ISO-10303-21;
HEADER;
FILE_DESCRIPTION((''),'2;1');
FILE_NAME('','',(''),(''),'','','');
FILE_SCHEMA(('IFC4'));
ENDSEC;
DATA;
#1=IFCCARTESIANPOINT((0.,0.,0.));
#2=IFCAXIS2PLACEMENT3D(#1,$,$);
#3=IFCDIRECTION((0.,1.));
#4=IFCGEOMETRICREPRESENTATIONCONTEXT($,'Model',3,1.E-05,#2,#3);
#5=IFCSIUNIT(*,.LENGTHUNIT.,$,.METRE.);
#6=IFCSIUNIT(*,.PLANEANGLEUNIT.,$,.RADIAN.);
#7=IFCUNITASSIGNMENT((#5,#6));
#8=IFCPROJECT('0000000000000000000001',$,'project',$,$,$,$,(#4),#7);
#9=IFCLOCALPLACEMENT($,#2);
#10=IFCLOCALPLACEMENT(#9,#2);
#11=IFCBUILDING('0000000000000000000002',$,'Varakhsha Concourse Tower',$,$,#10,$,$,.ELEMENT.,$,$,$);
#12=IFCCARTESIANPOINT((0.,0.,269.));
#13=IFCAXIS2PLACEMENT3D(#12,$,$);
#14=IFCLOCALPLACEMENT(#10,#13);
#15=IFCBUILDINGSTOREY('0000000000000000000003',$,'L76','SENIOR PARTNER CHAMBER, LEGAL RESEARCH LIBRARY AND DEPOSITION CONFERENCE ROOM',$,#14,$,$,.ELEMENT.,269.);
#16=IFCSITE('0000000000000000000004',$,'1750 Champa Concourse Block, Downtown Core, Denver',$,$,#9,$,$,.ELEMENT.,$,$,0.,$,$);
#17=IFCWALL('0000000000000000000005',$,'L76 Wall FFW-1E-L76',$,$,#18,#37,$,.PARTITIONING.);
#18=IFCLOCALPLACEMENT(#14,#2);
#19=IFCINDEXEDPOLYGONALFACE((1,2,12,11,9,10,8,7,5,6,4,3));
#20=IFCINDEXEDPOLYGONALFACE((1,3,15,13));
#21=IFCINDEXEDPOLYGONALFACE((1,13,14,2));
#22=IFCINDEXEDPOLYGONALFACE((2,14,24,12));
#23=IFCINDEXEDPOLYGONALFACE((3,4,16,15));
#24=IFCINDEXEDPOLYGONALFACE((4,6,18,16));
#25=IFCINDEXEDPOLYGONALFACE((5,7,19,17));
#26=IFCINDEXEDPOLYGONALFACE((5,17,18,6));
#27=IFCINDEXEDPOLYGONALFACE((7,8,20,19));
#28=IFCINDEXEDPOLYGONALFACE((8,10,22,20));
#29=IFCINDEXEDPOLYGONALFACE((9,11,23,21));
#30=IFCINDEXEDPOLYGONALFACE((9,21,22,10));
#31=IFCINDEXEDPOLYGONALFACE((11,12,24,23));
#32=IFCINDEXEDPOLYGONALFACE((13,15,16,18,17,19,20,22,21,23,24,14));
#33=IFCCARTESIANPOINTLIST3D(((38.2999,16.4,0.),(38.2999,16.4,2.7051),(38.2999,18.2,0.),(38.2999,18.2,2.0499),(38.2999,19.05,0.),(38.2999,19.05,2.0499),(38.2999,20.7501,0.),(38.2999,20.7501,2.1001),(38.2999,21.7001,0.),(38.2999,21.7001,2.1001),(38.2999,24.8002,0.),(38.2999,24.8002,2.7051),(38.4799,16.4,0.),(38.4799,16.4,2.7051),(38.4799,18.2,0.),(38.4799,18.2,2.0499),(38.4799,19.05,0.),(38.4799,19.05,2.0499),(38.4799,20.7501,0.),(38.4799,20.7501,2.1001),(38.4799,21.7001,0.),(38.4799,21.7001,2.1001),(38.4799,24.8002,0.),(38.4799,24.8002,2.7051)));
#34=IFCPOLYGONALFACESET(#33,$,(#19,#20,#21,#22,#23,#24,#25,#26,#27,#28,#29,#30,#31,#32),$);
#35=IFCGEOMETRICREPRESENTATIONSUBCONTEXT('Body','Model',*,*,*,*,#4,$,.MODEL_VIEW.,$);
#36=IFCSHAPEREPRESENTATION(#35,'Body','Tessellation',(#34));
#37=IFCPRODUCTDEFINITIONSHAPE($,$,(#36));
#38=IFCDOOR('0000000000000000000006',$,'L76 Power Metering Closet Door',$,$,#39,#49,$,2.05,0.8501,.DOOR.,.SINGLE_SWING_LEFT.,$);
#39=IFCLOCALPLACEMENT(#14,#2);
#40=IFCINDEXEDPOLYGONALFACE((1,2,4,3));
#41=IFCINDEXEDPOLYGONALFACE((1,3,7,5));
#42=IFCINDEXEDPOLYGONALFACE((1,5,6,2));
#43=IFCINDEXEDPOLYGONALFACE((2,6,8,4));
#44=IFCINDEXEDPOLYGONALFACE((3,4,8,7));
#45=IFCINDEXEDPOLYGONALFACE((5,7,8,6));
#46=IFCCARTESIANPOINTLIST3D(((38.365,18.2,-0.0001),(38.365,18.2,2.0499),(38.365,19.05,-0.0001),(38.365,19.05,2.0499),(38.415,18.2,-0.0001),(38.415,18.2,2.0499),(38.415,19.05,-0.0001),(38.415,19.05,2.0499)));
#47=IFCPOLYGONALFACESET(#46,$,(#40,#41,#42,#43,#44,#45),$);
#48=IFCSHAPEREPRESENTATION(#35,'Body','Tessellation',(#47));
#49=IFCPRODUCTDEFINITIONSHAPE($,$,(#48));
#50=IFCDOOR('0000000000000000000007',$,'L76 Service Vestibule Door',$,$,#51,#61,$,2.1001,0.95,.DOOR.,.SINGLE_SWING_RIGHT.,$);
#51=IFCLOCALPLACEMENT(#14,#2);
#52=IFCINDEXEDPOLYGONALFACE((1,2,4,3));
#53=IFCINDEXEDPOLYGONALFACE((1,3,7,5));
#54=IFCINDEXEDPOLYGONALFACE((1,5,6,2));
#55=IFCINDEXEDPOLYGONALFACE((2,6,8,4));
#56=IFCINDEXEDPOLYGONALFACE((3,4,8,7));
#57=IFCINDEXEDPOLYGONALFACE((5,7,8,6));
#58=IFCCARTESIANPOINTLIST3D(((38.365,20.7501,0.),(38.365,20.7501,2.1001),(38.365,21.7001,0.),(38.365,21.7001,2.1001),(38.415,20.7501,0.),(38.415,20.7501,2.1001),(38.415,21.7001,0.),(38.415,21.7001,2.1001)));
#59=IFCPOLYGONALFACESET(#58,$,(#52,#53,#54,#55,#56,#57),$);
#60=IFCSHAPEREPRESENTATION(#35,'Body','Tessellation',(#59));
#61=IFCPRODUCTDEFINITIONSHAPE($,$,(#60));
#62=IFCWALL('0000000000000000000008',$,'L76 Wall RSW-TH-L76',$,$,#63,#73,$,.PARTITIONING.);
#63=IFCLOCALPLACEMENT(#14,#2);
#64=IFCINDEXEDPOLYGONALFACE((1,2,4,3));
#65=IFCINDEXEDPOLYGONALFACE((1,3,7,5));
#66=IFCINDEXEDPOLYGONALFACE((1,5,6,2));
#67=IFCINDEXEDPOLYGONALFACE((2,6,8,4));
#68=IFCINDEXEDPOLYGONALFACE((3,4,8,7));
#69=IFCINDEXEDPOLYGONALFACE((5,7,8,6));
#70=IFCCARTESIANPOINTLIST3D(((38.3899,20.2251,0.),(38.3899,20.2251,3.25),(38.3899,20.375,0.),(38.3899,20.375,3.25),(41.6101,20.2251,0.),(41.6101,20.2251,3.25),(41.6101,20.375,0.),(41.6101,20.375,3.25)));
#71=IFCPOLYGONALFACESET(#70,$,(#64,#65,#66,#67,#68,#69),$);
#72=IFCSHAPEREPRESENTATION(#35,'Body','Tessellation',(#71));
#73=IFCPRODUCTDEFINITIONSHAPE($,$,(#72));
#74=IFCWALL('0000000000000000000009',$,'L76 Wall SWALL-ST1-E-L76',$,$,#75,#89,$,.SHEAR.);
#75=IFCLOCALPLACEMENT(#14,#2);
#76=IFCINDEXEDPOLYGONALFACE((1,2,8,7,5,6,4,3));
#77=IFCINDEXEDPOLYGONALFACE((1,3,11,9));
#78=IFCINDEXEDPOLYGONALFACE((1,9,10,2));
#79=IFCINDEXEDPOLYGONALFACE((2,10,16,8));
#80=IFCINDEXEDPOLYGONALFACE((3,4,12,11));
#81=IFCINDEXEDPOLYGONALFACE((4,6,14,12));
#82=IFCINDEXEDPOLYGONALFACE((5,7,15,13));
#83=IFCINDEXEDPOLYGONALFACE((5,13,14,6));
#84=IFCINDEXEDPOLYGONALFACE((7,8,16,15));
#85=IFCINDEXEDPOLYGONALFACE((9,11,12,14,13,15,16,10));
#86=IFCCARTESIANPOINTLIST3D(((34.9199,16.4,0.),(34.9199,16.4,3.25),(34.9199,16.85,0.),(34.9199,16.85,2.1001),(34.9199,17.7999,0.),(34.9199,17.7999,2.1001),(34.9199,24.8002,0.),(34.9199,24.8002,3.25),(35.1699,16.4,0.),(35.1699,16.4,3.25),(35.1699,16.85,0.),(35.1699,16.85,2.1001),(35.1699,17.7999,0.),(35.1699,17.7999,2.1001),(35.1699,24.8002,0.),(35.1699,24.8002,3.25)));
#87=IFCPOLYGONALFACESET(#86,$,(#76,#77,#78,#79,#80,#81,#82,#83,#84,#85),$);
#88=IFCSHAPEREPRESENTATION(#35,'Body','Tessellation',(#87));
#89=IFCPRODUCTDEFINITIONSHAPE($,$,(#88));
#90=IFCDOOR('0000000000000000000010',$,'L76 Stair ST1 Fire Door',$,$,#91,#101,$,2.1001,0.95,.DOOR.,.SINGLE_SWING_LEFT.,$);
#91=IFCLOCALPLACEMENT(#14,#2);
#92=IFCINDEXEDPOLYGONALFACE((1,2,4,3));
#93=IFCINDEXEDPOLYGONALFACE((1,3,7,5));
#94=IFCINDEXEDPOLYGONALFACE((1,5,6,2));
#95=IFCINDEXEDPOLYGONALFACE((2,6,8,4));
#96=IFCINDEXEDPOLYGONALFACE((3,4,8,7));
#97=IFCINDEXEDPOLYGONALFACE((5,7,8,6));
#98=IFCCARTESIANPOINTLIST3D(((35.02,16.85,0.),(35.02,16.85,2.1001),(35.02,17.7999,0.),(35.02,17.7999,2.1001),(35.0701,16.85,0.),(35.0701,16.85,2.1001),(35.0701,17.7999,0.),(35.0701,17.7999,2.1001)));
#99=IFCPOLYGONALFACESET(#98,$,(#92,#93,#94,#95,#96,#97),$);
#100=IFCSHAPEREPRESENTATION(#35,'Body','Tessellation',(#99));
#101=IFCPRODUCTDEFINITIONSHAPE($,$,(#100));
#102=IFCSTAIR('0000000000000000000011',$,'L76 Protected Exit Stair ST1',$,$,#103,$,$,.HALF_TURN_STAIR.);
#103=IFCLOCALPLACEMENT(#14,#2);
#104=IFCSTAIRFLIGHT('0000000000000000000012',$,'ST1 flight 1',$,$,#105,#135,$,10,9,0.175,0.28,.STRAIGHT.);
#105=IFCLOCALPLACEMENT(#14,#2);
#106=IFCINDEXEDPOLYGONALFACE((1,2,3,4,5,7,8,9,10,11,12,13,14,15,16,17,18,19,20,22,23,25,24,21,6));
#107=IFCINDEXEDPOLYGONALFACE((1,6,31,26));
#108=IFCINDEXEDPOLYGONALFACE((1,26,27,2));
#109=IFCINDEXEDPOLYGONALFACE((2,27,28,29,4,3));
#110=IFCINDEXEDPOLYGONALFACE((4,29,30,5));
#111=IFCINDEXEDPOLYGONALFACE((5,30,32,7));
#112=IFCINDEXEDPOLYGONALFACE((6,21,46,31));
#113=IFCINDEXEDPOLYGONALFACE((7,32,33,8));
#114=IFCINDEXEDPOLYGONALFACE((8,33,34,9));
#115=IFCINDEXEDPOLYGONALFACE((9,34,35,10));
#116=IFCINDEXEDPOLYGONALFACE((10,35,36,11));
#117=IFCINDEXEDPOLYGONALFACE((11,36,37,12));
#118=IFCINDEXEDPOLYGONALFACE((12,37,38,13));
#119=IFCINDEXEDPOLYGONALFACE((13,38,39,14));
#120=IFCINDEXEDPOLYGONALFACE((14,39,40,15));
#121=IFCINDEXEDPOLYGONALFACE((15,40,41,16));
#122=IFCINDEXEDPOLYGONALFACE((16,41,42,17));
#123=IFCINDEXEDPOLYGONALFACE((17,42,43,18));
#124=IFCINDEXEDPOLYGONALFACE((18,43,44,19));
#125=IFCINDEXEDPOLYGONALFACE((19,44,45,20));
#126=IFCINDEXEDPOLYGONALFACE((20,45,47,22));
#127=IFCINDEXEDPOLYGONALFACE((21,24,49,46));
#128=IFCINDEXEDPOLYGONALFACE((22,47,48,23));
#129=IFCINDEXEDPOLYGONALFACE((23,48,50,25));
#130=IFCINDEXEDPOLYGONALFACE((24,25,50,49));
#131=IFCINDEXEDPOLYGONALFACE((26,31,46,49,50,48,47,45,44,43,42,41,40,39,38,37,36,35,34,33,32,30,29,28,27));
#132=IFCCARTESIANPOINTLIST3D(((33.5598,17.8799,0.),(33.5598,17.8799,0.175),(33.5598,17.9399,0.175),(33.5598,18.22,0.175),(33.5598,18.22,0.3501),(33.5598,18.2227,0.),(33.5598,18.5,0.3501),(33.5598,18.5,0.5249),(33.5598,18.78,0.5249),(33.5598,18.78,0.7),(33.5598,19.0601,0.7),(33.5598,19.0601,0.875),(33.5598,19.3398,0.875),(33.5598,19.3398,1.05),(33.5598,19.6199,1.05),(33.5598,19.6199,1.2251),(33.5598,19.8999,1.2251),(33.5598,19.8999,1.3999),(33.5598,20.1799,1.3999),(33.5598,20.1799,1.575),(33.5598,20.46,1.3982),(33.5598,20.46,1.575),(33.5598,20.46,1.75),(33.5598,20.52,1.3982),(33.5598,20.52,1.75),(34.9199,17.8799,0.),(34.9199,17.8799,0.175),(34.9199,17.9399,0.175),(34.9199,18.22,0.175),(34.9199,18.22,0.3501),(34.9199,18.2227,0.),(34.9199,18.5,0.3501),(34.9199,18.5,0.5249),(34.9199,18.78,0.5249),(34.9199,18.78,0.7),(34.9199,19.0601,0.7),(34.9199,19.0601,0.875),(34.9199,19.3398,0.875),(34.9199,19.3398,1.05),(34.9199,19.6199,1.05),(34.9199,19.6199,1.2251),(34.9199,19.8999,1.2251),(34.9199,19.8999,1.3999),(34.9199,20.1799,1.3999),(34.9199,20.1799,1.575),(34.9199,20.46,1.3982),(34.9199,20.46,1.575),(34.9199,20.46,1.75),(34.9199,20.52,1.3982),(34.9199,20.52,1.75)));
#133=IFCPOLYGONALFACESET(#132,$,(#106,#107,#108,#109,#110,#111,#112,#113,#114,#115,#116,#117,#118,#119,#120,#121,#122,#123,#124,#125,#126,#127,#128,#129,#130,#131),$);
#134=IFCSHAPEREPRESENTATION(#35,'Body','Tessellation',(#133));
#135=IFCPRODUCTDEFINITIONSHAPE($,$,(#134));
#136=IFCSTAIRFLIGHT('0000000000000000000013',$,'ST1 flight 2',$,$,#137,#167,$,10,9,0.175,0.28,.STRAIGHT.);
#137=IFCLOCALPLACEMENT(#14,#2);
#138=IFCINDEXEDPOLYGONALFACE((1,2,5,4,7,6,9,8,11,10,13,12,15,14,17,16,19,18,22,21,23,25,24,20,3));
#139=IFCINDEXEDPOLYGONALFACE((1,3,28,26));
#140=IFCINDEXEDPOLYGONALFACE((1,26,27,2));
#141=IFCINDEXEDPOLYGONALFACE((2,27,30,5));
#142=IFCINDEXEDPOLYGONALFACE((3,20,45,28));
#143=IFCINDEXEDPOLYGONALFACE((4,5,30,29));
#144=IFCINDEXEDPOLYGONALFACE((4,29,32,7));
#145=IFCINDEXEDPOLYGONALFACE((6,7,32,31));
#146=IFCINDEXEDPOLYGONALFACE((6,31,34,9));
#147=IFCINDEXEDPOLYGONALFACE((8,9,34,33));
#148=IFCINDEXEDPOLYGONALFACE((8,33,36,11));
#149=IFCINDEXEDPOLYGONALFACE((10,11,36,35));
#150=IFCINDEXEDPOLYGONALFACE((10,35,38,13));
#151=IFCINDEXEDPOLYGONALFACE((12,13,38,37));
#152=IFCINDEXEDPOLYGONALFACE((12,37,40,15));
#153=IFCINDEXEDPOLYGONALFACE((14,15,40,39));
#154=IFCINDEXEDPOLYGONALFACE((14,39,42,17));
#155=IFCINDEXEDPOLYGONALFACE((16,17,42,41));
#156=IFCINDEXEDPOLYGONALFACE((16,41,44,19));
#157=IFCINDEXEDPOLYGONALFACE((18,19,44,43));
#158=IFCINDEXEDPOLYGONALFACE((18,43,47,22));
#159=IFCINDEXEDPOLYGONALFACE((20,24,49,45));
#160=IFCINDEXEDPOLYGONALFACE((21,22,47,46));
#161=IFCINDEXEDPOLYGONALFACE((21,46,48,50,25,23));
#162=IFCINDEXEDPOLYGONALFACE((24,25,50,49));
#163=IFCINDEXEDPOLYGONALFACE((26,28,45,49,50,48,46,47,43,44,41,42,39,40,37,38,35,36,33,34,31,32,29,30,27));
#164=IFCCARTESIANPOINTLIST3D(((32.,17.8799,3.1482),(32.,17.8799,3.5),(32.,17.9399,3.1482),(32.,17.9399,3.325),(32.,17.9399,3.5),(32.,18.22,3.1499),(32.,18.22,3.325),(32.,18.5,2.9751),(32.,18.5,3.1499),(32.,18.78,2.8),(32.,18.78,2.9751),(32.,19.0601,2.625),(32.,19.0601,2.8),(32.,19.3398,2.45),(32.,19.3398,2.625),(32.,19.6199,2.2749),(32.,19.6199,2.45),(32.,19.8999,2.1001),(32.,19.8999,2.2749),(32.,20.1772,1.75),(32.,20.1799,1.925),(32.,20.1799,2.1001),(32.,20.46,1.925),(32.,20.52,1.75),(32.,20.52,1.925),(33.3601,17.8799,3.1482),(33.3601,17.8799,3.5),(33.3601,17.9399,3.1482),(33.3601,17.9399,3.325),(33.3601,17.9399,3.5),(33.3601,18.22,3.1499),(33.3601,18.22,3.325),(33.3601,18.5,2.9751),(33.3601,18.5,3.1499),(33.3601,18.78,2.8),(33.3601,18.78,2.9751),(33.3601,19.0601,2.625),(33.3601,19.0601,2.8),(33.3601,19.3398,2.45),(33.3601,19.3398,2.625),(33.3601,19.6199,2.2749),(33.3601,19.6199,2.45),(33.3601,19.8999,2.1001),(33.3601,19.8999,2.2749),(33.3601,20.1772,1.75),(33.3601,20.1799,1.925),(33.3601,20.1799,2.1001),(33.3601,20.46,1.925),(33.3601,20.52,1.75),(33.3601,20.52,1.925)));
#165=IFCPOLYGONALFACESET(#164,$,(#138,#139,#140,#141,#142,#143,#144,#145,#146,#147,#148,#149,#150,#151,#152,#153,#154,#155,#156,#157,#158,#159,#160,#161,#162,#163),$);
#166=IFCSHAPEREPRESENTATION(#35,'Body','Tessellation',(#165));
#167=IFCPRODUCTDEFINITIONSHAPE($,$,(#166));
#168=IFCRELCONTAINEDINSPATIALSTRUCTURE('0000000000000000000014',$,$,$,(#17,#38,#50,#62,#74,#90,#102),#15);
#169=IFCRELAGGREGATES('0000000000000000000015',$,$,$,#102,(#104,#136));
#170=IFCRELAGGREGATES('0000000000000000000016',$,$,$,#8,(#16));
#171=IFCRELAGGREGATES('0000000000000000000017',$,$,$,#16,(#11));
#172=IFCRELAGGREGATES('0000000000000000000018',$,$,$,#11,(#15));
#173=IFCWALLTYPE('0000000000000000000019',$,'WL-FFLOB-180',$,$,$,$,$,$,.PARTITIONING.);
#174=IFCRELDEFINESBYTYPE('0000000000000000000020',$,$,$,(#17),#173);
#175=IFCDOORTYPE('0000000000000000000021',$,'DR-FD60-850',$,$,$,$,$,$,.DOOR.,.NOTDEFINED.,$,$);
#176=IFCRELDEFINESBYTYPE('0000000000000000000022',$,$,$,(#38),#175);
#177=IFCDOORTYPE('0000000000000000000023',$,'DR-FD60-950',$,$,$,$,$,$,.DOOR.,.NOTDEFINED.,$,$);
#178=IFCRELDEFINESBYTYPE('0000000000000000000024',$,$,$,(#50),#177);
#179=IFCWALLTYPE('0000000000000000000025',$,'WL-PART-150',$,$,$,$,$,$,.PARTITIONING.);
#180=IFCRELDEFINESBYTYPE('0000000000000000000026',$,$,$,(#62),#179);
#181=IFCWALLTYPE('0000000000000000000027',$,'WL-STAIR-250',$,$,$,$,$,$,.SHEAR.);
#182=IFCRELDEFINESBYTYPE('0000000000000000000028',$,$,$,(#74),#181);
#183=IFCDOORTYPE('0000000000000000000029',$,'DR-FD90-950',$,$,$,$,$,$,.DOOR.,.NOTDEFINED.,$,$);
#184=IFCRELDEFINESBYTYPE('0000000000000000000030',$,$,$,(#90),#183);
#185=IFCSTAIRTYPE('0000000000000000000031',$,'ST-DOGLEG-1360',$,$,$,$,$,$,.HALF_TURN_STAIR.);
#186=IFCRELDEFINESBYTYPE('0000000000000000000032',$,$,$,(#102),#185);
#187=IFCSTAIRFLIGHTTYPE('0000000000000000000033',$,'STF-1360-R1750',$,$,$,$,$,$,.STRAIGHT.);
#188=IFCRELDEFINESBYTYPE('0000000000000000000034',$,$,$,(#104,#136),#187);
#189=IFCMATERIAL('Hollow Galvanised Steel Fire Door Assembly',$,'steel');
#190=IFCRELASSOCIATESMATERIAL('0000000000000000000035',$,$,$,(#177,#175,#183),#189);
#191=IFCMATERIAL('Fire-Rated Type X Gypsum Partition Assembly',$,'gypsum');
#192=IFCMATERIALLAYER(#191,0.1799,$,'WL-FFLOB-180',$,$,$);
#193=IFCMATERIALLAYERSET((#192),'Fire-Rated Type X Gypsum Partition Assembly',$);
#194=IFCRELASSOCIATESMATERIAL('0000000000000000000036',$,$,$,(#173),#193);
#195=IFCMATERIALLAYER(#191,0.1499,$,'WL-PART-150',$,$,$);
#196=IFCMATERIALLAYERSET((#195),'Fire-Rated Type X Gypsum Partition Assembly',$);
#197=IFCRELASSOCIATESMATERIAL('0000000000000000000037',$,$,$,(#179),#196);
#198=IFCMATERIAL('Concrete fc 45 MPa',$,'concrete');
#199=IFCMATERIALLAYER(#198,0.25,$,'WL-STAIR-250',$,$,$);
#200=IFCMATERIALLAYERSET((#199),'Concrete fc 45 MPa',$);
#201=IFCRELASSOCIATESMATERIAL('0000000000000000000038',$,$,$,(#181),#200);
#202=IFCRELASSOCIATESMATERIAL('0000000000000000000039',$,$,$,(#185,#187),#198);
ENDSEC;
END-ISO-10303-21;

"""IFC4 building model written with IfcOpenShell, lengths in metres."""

from ifc_helpers import new_model, si_unit, direction, frame, frame_2d, origin, place, context, subcontext, project, spatial, polyline, rectangle, outline, extrude, material, layer, layer_set, type_object, element, fill, aggregate, save


model = new_model("IFC4")

# Units and contexts
model_context = context("Model", 3, precision=1e-05, world=origin(), true_north=direction((0.0, 1.0)))
body_context = subcontext(model_context, "Body", "Model", "MODEL_VIEW")
ifc_project = project(units=[si_unit("LENGTHUNIT", "METRE"), si_unit("PLANEANGLEUNIT", "RADIAN")], contexts=[model_context])

# Site, building, storey
site_placement = place(None, origin())
site = spatial("IfcSite", under=ifc_project, at=site_placement, Name="1750 Champa Concourse Block, Downtown Core, Denver", CompositionType="ELEMENT", RefElevation=0.0)
building_placement = place(site_placement, origin())
building = spatial("IfcBuilding", under=site, at=building_placement, Name="Varakhsha Concourse Tower", CompositionType="ELEMENT")
storey_placement = place(building_placement, frame((0.0, 0.0, 269.0)))
storey = spatial("IfcBuildingStorey", under=building, at=storey_placement, Name="L76", Description="SENIOR PARTNER CHAMBER, LEGAL RESEARCH LIBRARY AND DEPOSITION CONFERENCE ROOM", CompositionType="ELEMENT", Elevation=269.0)

# Shared definitions
ifc_material_1 = material(Name="Hollow Galvanised Steel Fire Door Assembly", Category="steel")
door_type_1 = type_object("IfcDoorType", Name="DR-FD60-950", OperationType="NOTDEFINED", PredefinedType="DOOR", material=ifc_material_1)

# Wall, openings, doors
ifc_material_2 = material(Name="Fire-Rated Type X Gypsum Partition Assembly", Category="gypsum")
ifc_layer_1 = layer(ifc_material_2, 0.1799, Name="WL-FFLOB-180")
ifc_layer_set_1 = layer_set([ifc_layer_1], Name="Fire-Rated Type X Gypsum Partition Assembly")
wall_type_1 = type_object("IfcWallType", Name="WL-FFLOB-180", PredefinedType="PARTITIONING", material=ifc_layer_set_1)
wall_1_placement = place(storey_placement, frame((38.3899, 16.3999, 0.0), z_axis=(0.0, 0.0, 1.0), x_axis=(0.0, 1.0, 0.0)))
wall_1 = element("IfcWall", 1, at=wall_1_placement, inside=storey, type_object=wall_type_1, Name="L76 Wall FFW-1E-L76", PredefinedType="PARTITIONING", context=body_context, shape_type="SweptSolid", body=[
    extrude(rectangle(XDim=8.4001, YDim=0.1799, at=frame_2d((4.2002, 0.0))), origin(), (0.0, 0.0, 1.0), 2.7051),
])
opening_1_placement = place(wall_1_placement, frame((1.8, 0.0, 0.0)))
opening_1 = element("IfcOpeningElement", 2, at=opening_1_placement, cuts=wall_1, PredefinedType="OPENING", context=body_context, shape_type="SweptSolid", body=[
    extrude(rectangle(XDim=0.8501, YDim=2.05, at=frame_2d((0.425, 1.0249))), frame((0.0, 0.0999, 0.0), z_axis=(0.0, -1.0, 0.0), x_axis=(1.0, 0.0, 0.0)), (0.0, 0.0, 1.0), 0.2),
])
opening_2_placement = place(wall_1_placement, frame((4.3501, 0.0, 0.0)))
opening_2 = element("IfcOpeningElement", 3, at=opening_2_placement, cuts=wall_1, PredefinedType="OPENING", context=body_context, shape_type="SweptSolid", body=[
    extrude(rectangle(XDim=0.95, YDim=2.1001, at=frame_2d((0.4751, 1.05))), frame((0.0, 0.0999, 0.0), z_axis=(0.0, -1.0, 0.0), x_axis=(1.0, 0.0, 0.0)), (0.0, 0.0, 1.0), 0.2),
])
door_type_2 = type_object("IfcDoorType", Name="DR-FD60-850", OperationType="NOTDEFINED", PredefinedType="DOOR", material=ifc_material_1)
door_1_placement = place(opening_1_placement, origin())
door_1 = element("IfcDoor", 4, at=door_1_placement, inside=storey, type_object=door_type_2, Name="L76 Power Metering Closet Door", OperationType="SINGLE_SWING_LEFT", OverallHeight=2.05, OverallWidth=0.8501, PredefinedType="DOOR", context=body_context, shape_type="SweptSolid", body=[
    extrude(rectangle(XDim=0.8501, YDim=2.05, at=frame_2d((0.425, 1.0249))), frame((0.0, 0.0249, 0.0), z_axis=(0.0, -1.0, 0.0), x_axis=(1.0, 0.0, 0.0)), (0.0, 0.0, 1.0), 0.05),
])
fill(opening_1, door_1)
door_2_placement = place(opening_2_placement, origin())
door_2 = element("IfcDoor", 5, at=door_2_placement, inside=storey, type_object=door_type_1, Name="L76 Service Vestibule Door", OperationType="SINGLE_SWING_RIGHT", OverallHeight=2.1001, OverallWidth=0.95, PredefinedType="DOOR", context=body_context, shape_type="SweptSolid", body=[
    extrude(rectangle(XDim=0.95, YDim=2.1001, at=frame_2d((0.4751, 1.05))), frame((0.0, 0.0249, 0.0), z_axis=(0.0, -1.0, 0.0), x_axis=(1.0, 0.0, 0.0)), (0.0, 0.0, 1.0), 0.05),
])
fill(opening_2, door_2)

# Wall
ifc_layer_2 = layer(ifc_material_2, 0.1499, Name="WL-PART-150")
ifc_layer_set_2 = layer_set([ifc_layer_2], Name="Fire-Rated Type X Gypsum Partition Assembly")
wall_type_2 = type_object("IfcWallType", Name="WL-PART-150", PredefinedType="PARTITIONING", material=ifc_layer_set_2)
wall_2_placement = place(storey_placement, frame((38.3899, 20.3, 0.0), z_axis=(0.0, 0.0, 1.0), x_axis=(1.0, 0.0, 0.0)))
element("IfcWall", 6, at=wall_2_placement, inside=storey, type_object=wall_type_2, Name="L76 Wall RSW-TH-L76", PredefinedType="PARTITIONING", context=body_context, shape_type="SweptSolid", body=[
    extrude(rectangle(XDim=3.2202, YDim=0.1499, at=frame_2d((1.6101, 0.0))), origin(), (0.0, 0.0, 1.0), 3.25),
])

# Wall, opening, door
ifc_material_3 = material(Name="Concrete fc 45 MPa", Category="concrete")
ifc_layer_3 = layer(ifc_material_3, 0.25, Name="WL-STAIR-250")
ifc_layer_set_3 = layer_set([ifc_layer_3], Name="Concrete fc 45 MPa")
wall_type_3 = type_object("IfcWallType", Name="WL-STAIR-250", PredefinedType="SHEAR", material=ifc_layer_set_3)
wall_3_placement = place(storey_placement, frame((35.0449, 16.3999, 0.0), z_axis=(0.0, 0.0, 1.0), x_axis=(0.0, 1.0, 0.0)))
wall_3 = element("IfcWall", 7, at=wall_3_placement, inside=storey, type_object=wall_type_3, Name="L76 Wall SWALL-ST1-E-L76", PredefinedType="SHEAR", context=body_context, shape_type="SweptSolid", body=[
    extrude(rectangle(XDim=8.4001, YDim=0.25, at=frame_2d((4.2002, 0.0))), origin(), (0.0, 0.0, 1.0), 3.25),
])
opening_3_placement = place(wall_3_placement, frame((0.45, 0.0, 0.0)))
opening_3 = element("IfcOpeningElement", 8, at=opening_3_placement, cuts=wall_3, PredefinedType="OPENING", context=body_context, shape_type="SweptSolid", body=[
    extrude(rectangle(XDim=0.95, YDim=2.1001, at=frame_2d((0.4751, 1.05))), frame((0.0, 0.135, 0.0), z_axis=(0.0, -1.0, 0.0), x_axis=(1.0, 0.0, 0.0)), (0.0, 0.0, 1.0), 0.27),
])
door_type_3 = type_object("IfcDoorType", Name="DR-FD90-950", OperationType="NOTDEFINED", PredefinedType="DOOR", material=ifc_material_1)
door_3_placement = place(opening_3_placement, origin())
door_3 = element("IfcDoor", 9, at=door_3_placement, inside=storey, type_object=door_type_3, Name="L76 Stair ST1 Fire Door", OperationType="SINGLE_SWING_LEFT", OverallHeight=2.1001, OverallWidth=0.95, PredefinedType="DOOR", context=body_context, shape_type="SweptSolid", body=[
    extrude(rectangle(XDim=0.95, YDim=2.1001, at=frame_2d((0.4751, 1.05))), frame((0.0, 0.0249, 0.0), z_axis=(0.0, -1.0, 0.0), x_axis=(1.0, 0.0, 0.0)), (0.0, 0.0, 1.0), 0.05),
])
fill(opening_3, door_3)

# Stair, stair flights
stair_type = type_object("IfcStairType", Name="ST-DOGLEG-1360", PredefinedType="HALF_TURN_STAIR", material=ifc_material_3)
stair_placement = place(storey_placement, origin())
stair = element("IfcStair", 10, at=stair_placement, inside=storey, type_object=stair_type, Name="L76 Protected Exit Stair ST1", PredefinedType="HALF_TURN_STAIR")
stair_flight_type = type_object("IfcStairFlightType", Name="STF-1360-R1750", PredefinedType="STRAIGHT", material=ifc_material_3)
stair_flight_1_placement = place(storey_placement, frame((34.24, 17.9399, 0.0), z_axis=(0.0, 0.0, 1.0), x_axis=(0.0, 1.0, 0.0)))
stair_flight_1 = element("IfcStairFlight", 11, at=stair_flight_1_placement, type_object=stair_flight_type, Name="ST1 flight 1", NumberOfRisers=10, NumberOfTreads=9, PredefinedType="STRAIGHT", RiserHeight=0.175, TreadLength=0.28, context=body_context, shape_type="SweptSolid", body=[
    extrude(outline(polyline([(-0.0601, 0.0), (-0.0601, 0.175), (0.0, 0.175), (0.28, 0.175), (0.28, 0.3501), (0.5601, 0.3501), (0.5601, 0.5249), (0.8401, 0.5249), (0.8401, 0.7), (1.1201, 0.7), (1.1201, 0.875), (1.3999, 0.875), (1.3999, 1.05), (1.6799, 1.05), (1.6799, 1.2251), (1.96, 1.2251), (1.96, 1.3999), (2.24, 1.3999), (2.24, 1.575), (2.52, 1.575), (2.52, 1.75), (2.5801, 1.75), (2.5801, 1.3982), (2.52, 1.3982), (0.2827, 0.0), (-0.0601, 0.0)])), frame((0.0, 0.6802, 0.0), z_axis=(0.0, -1.0, 0.0), x_axis=(1.0, 0.0, 0.0)), (0.0, 0.0, 1.0), 1.3601),
])
stair_flight_2_placement = place(storey_placement, frame((32.6799, 20.46, 1.75), z_axis=(0.0, 0.0, 1.0), x_axis=(0.0, -1.0, 0.0)))
stair_flight_2 = element("IfcStairFlight", 12, at=stair_flight_2_placement, type_object=stair_flight_type, Name="ST1 flight 2", NumberOfRisers=10, NumberOfTreads=9, PredefinedType="STRAIGHT", RiserHeight=0.175, TreadLength=0.28, context=body_context, shape_type="SweptSolid", body=[
    extrude(outline(polyline([(-0.0601, 0.0), (-0.0601, 0.175), (0.0, 0.175), (0.28, 0.175), (0.28, 0.3501), (0.5601, 0.3501), (0.5601, 0.5249), (0.8401, 0.5249), (0.8401, 0.7), (1.1201, 0.7), (1.1201, 0.875), (1.3999, 0.875), (1.3999, 1.05), (1.6799, 1.05), (1.6799, 1.2251), (1.96, 1.2251), (1.96, 1.3999), (2.24, 1.3999), (2.24, 1.575), (2.52, 1.575), (2.52, 1.75), (2.5801, 1.75), (2.5801, 1.3982), (2.52, 1.3982), (0.2827, 0.0), (-0.0601, 0.0)])), frame((0.0, 0.6802, 0.0), z_axis=(0.0, -1.0, 0.0), x_axis=(1.0, 0.0, 0.0)), (0.0, 0.0, 1.0), 1.3601),
])
aggregate(stair, [stair_flight_1, stair_flight_2])

save(model, "model.ifc")
